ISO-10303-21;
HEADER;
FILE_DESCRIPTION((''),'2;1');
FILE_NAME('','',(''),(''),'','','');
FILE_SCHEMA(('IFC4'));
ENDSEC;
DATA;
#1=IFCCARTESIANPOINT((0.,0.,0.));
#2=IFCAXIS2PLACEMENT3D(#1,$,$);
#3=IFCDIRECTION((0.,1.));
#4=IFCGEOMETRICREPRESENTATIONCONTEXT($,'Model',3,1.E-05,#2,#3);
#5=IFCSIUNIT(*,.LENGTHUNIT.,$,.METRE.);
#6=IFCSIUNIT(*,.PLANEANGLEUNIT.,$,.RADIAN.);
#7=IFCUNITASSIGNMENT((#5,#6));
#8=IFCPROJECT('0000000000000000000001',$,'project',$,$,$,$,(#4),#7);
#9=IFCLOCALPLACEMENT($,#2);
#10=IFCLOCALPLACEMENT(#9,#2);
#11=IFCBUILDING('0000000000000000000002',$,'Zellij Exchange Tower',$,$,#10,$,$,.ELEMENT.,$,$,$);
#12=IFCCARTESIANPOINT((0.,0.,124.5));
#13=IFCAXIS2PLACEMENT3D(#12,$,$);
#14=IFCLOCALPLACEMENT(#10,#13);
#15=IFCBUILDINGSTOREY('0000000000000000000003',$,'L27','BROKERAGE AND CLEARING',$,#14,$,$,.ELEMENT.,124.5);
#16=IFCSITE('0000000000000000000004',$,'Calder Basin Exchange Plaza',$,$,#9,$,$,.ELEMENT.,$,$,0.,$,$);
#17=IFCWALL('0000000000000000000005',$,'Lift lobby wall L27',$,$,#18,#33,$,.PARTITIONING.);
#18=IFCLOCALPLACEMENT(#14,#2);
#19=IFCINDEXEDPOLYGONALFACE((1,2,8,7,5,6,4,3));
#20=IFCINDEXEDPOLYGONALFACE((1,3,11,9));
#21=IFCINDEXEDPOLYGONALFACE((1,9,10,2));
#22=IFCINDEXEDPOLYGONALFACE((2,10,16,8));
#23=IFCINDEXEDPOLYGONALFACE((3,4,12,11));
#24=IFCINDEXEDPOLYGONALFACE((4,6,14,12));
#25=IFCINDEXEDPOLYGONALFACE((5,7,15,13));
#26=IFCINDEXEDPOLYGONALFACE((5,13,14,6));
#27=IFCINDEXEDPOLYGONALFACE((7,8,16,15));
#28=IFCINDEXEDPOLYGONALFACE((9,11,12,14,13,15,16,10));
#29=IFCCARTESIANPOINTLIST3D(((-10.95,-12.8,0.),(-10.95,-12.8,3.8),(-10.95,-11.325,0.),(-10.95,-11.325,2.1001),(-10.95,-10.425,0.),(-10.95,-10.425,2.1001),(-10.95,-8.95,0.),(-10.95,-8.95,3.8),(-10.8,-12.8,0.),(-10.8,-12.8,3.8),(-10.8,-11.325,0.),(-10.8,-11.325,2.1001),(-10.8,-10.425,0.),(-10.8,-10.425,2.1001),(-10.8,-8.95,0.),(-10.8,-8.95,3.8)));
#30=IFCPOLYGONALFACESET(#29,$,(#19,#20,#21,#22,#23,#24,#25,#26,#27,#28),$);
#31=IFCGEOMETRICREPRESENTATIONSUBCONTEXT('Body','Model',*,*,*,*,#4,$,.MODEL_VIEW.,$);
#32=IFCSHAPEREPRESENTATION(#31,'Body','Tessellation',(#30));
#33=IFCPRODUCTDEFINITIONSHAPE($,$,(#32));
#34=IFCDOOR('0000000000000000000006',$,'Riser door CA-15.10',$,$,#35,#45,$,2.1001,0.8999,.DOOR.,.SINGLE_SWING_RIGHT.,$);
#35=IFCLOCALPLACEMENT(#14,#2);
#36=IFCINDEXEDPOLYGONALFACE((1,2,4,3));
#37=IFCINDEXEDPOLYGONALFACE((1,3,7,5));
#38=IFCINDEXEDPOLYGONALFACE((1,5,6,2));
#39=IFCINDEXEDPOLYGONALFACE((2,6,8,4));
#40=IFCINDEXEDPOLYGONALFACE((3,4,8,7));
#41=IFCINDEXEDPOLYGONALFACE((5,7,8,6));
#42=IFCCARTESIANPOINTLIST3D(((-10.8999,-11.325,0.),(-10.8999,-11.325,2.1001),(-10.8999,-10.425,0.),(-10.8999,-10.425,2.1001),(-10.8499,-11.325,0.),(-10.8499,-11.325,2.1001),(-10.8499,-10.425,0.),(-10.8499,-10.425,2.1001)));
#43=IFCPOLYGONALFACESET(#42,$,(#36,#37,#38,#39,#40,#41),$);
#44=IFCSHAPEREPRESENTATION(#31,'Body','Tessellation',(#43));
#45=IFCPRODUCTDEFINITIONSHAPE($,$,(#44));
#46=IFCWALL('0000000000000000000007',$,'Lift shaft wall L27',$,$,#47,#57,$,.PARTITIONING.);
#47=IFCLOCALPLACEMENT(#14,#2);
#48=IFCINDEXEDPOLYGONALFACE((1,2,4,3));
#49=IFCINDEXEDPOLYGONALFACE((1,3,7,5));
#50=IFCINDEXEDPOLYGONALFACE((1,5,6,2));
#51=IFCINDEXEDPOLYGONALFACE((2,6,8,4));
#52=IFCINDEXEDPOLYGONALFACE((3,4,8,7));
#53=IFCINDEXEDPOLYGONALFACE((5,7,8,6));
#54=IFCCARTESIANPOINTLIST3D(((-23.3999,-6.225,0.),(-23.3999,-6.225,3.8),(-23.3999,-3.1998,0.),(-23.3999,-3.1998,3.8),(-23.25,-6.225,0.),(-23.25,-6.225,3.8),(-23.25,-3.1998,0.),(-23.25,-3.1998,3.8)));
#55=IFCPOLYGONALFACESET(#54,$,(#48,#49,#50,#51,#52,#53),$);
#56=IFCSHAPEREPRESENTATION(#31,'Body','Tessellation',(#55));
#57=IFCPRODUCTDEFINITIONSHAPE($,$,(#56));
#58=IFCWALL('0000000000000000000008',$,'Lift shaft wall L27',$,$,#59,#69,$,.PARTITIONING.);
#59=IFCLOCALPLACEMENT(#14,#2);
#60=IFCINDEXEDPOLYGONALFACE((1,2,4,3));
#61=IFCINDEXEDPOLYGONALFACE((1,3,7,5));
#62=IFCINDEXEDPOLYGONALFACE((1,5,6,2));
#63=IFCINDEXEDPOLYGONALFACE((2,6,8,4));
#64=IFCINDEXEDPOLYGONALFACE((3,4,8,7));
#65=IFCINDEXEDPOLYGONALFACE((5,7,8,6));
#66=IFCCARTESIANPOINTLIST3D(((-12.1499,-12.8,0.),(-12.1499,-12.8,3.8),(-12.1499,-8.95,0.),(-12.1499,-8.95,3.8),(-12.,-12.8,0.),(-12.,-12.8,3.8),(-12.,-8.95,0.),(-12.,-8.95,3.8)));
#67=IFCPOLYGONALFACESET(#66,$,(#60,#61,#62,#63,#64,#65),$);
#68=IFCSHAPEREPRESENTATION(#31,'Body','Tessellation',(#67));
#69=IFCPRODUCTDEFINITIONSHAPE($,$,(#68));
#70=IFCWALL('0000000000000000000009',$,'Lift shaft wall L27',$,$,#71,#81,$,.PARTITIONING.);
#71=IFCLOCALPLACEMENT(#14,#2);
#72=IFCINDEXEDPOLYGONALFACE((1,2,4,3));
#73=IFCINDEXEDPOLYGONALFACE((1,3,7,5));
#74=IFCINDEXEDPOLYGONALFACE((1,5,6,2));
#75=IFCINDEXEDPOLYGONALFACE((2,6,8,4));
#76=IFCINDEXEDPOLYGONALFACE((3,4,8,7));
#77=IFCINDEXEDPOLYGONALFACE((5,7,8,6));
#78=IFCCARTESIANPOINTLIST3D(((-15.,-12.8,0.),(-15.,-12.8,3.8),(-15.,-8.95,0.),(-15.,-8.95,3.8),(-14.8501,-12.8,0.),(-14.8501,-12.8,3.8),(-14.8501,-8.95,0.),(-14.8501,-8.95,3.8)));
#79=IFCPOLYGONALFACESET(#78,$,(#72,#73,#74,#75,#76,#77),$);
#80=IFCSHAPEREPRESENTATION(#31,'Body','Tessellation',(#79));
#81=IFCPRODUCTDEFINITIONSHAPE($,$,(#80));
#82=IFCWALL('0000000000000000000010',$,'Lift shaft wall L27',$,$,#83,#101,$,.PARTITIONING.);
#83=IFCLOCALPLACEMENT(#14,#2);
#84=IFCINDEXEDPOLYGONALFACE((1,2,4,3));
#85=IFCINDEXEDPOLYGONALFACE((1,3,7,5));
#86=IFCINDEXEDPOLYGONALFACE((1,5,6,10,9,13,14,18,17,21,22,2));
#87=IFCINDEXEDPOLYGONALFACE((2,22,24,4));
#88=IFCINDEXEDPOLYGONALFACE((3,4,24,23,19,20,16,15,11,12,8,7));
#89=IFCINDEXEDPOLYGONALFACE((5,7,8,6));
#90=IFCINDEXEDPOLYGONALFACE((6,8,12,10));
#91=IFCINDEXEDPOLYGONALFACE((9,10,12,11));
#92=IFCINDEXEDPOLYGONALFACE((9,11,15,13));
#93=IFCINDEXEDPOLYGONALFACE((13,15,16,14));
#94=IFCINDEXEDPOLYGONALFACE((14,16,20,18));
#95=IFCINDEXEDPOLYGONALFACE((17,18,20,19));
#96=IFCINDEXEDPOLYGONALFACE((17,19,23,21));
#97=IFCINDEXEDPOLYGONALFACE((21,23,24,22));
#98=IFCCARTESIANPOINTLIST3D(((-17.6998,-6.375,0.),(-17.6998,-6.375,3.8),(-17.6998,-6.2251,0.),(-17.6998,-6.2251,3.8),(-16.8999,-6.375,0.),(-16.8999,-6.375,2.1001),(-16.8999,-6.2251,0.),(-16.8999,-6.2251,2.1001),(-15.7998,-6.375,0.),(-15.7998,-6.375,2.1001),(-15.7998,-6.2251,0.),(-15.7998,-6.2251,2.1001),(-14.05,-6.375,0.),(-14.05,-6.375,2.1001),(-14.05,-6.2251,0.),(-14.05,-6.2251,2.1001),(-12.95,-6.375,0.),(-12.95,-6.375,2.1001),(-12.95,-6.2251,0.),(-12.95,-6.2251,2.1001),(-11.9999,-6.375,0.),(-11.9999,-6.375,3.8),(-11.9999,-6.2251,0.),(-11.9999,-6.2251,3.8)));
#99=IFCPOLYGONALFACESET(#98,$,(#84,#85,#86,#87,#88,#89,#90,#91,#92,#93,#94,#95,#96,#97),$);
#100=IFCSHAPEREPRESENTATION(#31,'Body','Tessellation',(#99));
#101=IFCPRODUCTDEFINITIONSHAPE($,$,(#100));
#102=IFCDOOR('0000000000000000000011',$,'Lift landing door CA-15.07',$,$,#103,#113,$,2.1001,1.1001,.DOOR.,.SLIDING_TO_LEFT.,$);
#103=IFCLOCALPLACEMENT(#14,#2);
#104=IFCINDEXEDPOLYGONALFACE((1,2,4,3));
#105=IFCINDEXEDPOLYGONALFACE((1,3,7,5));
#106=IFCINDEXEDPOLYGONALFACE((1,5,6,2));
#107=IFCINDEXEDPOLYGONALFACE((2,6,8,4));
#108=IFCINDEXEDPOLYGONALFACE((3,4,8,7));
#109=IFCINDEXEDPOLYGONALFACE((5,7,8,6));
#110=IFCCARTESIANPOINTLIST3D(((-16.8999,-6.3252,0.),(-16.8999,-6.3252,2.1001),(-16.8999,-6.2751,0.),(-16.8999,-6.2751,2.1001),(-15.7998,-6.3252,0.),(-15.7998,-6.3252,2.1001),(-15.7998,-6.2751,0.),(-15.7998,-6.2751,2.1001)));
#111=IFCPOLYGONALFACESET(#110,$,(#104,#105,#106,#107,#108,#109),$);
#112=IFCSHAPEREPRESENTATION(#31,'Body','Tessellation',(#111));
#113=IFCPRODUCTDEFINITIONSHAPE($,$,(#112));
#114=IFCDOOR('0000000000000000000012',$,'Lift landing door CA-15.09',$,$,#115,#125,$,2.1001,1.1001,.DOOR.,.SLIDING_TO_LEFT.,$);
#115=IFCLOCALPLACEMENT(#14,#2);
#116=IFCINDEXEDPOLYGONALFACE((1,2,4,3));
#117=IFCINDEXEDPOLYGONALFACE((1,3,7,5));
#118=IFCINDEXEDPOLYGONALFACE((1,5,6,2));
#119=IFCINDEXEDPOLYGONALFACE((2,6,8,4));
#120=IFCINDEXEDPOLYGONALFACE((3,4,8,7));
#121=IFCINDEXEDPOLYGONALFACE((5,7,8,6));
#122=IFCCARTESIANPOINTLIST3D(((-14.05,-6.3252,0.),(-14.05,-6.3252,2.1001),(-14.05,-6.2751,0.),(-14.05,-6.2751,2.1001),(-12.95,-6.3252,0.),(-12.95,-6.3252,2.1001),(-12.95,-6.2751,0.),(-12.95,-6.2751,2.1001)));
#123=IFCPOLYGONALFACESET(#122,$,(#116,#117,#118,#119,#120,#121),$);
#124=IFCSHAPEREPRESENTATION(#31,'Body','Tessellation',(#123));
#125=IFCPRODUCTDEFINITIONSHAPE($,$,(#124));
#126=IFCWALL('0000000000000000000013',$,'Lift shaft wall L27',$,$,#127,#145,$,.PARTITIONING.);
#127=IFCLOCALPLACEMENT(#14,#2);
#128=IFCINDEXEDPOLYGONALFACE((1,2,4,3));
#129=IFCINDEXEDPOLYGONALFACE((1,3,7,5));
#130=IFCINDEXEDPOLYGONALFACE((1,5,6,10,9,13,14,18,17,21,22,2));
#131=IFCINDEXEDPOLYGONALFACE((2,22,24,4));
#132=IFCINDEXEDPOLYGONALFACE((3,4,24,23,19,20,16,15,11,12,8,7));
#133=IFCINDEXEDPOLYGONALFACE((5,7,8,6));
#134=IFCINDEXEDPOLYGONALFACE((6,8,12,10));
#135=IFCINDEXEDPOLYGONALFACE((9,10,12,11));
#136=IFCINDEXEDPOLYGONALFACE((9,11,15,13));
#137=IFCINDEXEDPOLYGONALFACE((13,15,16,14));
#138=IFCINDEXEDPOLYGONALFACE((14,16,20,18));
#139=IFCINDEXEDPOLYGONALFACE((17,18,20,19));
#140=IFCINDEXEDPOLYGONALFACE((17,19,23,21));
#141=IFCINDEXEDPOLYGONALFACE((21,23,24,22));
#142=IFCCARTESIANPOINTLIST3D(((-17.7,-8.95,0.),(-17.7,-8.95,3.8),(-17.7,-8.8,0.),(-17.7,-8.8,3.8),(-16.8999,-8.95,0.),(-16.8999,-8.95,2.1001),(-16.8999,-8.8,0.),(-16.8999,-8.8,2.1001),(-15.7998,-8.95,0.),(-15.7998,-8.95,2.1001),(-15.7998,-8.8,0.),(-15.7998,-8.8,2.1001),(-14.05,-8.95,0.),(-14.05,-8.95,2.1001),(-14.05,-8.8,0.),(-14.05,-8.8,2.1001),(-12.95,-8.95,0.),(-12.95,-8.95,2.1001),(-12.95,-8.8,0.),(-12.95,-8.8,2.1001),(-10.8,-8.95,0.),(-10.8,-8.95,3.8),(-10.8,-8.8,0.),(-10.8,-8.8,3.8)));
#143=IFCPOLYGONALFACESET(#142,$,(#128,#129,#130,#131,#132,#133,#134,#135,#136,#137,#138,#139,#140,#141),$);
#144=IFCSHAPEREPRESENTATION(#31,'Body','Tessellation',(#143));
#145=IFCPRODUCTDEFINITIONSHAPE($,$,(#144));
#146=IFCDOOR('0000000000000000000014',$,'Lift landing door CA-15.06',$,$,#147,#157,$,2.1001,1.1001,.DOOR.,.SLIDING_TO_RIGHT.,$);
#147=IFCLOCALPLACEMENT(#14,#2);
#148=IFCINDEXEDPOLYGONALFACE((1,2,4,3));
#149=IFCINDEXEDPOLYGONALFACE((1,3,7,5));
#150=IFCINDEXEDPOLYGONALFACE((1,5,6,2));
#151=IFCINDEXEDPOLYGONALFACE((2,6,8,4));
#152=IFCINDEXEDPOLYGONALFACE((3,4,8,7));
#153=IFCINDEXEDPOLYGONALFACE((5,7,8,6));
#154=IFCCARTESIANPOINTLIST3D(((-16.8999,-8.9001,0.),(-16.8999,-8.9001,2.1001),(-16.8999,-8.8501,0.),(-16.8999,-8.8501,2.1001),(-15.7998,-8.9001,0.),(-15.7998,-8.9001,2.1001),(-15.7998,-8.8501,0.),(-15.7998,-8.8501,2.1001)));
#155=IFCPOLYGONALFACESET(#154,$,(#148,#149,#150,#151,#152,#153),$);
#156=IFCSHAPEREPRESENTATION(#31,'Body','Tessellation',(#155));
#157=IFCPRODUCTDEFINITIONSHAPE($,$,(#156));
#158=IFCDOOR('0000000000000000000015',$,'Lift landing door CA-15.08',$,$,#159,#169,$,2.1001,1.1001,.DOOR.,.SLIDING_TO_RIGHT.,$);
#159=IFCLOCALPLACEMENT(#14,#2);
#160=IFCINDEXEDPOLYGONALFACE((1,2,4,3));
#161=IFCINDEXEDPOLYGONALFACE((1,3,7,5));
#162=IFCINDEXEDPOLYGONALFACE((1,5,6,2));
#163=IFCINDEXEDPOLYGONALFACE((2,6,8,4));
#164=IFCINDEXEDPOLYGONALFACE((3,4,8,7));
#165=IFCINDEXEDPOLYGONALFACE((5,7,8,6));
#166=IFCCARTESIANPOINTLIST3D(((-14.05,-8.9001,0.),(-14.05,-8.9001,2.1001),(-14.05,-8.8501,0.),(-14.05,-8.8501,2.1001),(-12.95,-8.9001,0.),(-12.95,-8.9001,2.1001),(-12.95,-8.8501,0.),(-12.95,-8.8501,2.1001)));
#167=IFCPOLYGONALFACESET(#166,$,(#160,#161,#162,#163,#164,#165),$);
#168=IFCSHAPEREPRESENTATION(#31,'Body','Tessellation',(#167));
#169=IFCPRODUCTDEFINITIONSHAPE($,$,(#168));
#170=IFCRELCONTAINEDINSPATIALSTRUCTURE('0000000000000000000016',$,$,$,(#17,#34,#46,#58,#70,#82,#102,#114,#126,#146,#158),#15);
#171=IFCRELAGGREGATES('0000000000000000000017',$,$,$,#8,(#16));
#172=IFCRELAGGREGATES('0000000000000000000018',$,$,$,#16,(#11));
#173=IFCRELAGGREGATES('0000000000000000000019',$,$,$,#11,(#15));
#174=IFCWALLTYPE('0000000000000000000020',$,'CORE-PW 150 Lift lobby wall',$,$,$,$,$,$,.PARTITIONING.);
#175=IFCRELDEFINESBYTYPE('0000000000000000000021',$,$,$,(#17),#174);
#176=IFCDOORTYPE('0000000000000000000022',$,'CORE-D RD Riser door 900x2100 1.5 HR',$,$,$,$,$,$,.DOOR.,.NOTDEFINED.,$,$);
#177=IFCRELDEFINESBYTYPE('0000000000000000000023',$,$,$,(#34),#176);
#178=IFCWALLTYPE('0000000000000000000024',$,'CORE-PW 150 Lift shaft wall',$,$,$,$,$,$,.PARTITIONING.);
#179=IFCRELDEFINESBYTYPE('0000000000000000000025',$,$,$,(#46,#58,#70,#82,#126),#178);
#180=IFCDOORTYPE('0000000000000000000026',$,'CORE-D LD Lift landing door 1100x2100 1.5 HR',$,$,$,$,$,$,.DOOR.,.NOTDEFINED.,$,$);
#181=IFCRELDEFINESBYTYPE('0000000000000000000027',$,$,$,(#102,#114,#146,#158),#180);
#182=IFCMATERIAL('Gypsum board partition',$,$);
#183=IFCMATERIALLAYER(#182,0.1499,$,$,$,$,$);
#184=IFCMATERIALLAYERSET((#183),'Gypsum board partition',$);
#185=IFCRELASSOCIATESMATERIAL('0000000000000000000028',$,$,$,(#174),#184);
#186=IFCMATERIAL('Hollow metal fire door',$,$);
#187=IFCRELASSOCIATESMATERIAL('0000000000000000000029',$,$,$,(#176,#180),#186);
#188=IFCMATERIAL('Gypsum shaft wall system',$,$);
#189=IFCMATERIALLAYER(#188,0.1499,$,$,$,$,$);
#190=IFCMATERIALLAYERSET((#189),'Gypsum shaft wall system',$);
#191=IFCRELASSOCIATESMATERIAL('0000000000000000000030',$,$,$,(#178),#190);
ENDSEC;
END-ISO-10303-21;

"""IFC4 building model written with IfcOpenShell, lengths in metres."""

from ifc_helpers import new_model, si_unit, direction, frame, frame_2d, origin, place, context, subcontext, project, spatial, rectangle, extrude, material, layer, layer_set, type_object, element, fill, save


model = new_model("IFC4")

# Units and contexts
model_context = context("Model", 3, precision=1e-05, world=origin(), true_north=direction((0.0, 1.0)))
body_context = subcontext(model_context, "Body", "Model", "MODEL_VIEW")
ifc_project = project(units=[si_unit("LENGTHUNIT", "METRE"), si_unit("PLANEANGLEUNIT", "RADIAN")], contexts=[model_context])

# Site, building, storey
site_placement = place(None, origin())
site = spatial("IfcSite", under=ifc_project, at=site_placement, Name="Calder Basin Exchange Plaza", CompositionType="ELEMENT", RefElevation=0.0)
building_placement = place(site_placement, origin())
building = spatial("IfcBuilding", under=site, at=building_placement, Name="Zellij Exchange Tower", CompositionType="ELEMENT")
storey_placement = place(building_placement, frame((0.0, 0.0, 124.5)))
storey = spatial("IfcBuildingStorey", under=building, at=storey_placement, Name="L27", Description="BROKERAGE AND CLEARING", CompositionType="ELEMENT", Elevation=124.5)

# Wall, opening, door
ifc_material_1 = material(Name="Gypsum board partition")
ifc_layer_1 = layer(ifc_material_1, 0.1499)
ifc_layer_set_1 = layer_set([ifc_layer_1], Name="Gypsum board partition")
wall_type_1 = type_object("IfcWallType", Name="CORE-PW 150 Lift lobby wall", PredefinedType="PARTITIONING", material=ifc_layer_set_1)
wall_1_placement = place(storey_placement, frame((-10.875, -12.8, 0.0), z_axis=(0.0, 0.0, 1.0), x_axis=(0.0, 1.0, 0.0)))
wall_1 = element("IfcWall", 1, at=wall_1_placement, inside=storey, type_object=wall_type_1, Name="Lift lobby wall L27", PredefinedType="PARTITIONING", context=body_context, shape_type="SweptSolid", body=[
    extrude(rectangle(XDim=3.8501, YDim=0.1499, at=frame_2d((1.925, 0.0))), origin(), (0.0, 0.0, 1.0), 3.8),
])
opening_1_placement = place(wall_1_placement, frame((1.4751, 0.0, 0.0)))
opening_1 = element("IfcOpeningElement", 2, at=opening_1_placement, cuts=wall_1, PredefinedType="OPENING", context=body_context, shape_type="SweptSolid", body=[
    extrude(rectangle(XDim=0.8999, YDim=2.1001, at=frame_2d((0.45, 1.05))), frame((0.0, 0.0869, 0.0), z_axis=(0.0, -1.0, 0.0), x_axis=(1.0, 0.0, 0.0)), (0.0, 0.0, 1.0), 0.1738),
])
ifc_material_2 = material(Name="Hollow metal fire door")
door_type_1 = type_object("IfcDoorType", Name="CORE-D RD Riser door 900x2100 1.5 HR", OperationType="NOTDEFINED", PredefinedType="DOOR", material=ifc_material_2)
door_1_placement = place(opening_1_placement, origin())
door_1 = element("IfcDoor", 3, at=door_1_placement, inside=storey, type_object=door_type_1, Name="Riser door CA-15.10", OperationType="SINGLE_SWING_RIGHT", OverallHeight=2.1001, OverallWidth=0.8999, PredefinedType="DOOR", context=body_context, shape_type="SweptSolid", body=[
    extrude(rectangle(XDim=0.8999, YDim=2.1001, at=frame_2d((0.45, 1.05))), frame((0.0, 0.0249, 0.0), z_axis=(0.0, -1.0, 0.0), x_axis=(1.0, 0.0, 0.0)), (0.0, 0.0, 1.0), 0.05),
])
fill(opening_1, door_1)

# Walls
ifc_material_3 = material(Name="Gypsum shaft wall system")
ifc_layer_2 = layer(ifc_material_3, 0.1499)
ifc_layer_set_2 = layer_set([ifc_layer_2], Name="Gypsum shaft wall system")
wall_type_2 = type_object("IfcWallType", Name="CORE-PW 150 Lift shaft wall", PredefinedType="PARTITIONING", material=ifc_layer_set_2)
wall_2_placement = place(storey_placement, frame((-23.325, -6.2251, 0.0), z_axis=(0.0, 0.0, 1.0), x_axis=(0.0, 1.0, 0.0)))
element("IfcWall", 4, at=wall_2_placement, inside=storey, type_object=wall_type_2, Name="Lift shaft wall L27", PredefinedType="PARTITIONING", context=body_context, shape_type="SweptSolid", body=[
    extrude(rectangle(XDim=3.0251, YDim=0.1499, at=frame_2d((1.5127, 0.0))), origin(), (0.0, 0.0, 1.0), 3.8),
])
for number, where, z_axis, x_axis, name in (
    (5, (-12.075, -12.8, 0.0), (0.0, 0.0, 1.0), (0.0, 1.0, 0.0), "Lift shaft wall L27"),
    (6, (-14.925, -12.8, 0.0), (0.0, 0.0, 1.0), (0.0, 1.0, 0.0), "Lift shaft wall L27"),
):
    element("IfcWall", number, at=place(storey_placement, frame(where, z_axis=z_axis, x_axis=x_axis)), inside=storey, type_object=wall_type_2, Name=name, PredefinedType="PARTITIONING", context=body_context, shape_type="SweptSolid", body=[
        extrude(rectangle(XDim=3.8501, YDim=0.1499, at=frame_2d((1.925, 0.0))), origin(), (0.0, 0.0, 1.0), 3.8),
    ])

# Walls, openings, doors
wall_3_placement = place(storey_placement, frame((-17.7, -6.3, 0.0), z_axis=(0.0, 0.0, 1.0), x_axis=(1.0, 0.0, 0.0)))
wall_3 = element("IfcWall", 7, at=wall_3_placement, inside=storey, type_object=wall_type_2, Name="Lift shaft wall L27", PredefinedType="PARTITIONING", context=body_context, shape_type="SweptSolid", body=[
    extrude(rectangle(XDim=5.7, YDim=0.1499, at=frame_2d((2.8501, 0.0))), origin(), (0.0, 0.0, 1.0), 3.8),
])
opening_2_placement = place(wall_3_placement, frame((0.8, 0.0, 0.0)))
opening_2 = element("IfcOpeningElement", 8, at=opening_2_placement, cuts=wall_3, PredefinedType="OPENING", context=body_context, shape_type="SweptSolid", body=[
    extrude(rectangle(XDim=1.1001, YDim=2.1001, at=frame_2d((0.55, 1.05))), frame((0.0, 0.0869, 0.0), z_axis=(0.0, -1.0, 0.0), x_axis=(1.0, 0.0, 0.0)), (0.0, 0.0, 1.0), 0.1738),
])
opening_3_placement = place(wall_3_placement, frame((3.6499, 0.0, 0.0)))
opening_3 = element("IfcOpeningElement", 9, at=opening_3_placement, cuts=wall_3, PredefinedType="OPENING", context=body_context, shape_type="SweptSolid", body=[
    extrude(rectangle(XDim=1.1001, YDim=2.1001, at=frame_2d((0.55, 1.05))), frame((0.0, 0.0869, 0.0), z_axis=(0.0, -1.0, 0.0), x_axis=(1.0, 0.0, 0.0)), (0.0, 0.0, 1.0), 0.1738),
])
door_type_2 = type_object("IfcDoorType", Name="CORE-D LD Lift landing door 1100x2100 1.5 HR", OperationType="NOTDEFINED", PredefinedType="DOOR", material=ifc_material_2)
door_2_placement = place(opening_2_placement, origin())
door_2 = element("IfcDoor", 10, at=door_2_placement, inside=storey, type_object=door_type_2, Name="Lift landing door CA-15.07", OperationType="SLIDING_TO_LEFT", OverallHeight=2.1001, OverallWidth=1.1001, PredefinedType="DOOR", context=body_context, shape_type="SweptSolid", body=[
    extrude(rectangle(XDim=1.1001, YDim=2.1001, at=frame_2d((0.55, 1.05))), frame((0.0, 0.0249, 0.0), z_axis=(0.0, -1.0, 0.0), x_axis=(1.0, 0.0, 0.0)), (0.0, 0.0, 1.0), 0.05),
])
fill(opening_2, door_2)
door_3_placement = place(opening_3_placement, origin())
door_3 = element("IfcDoor", 11, at=door_3_placement, inside=storey, type_object=door_type_2, Name="Lift landing door CA-15.09", OperationType="SLIDING_TO_LEFT", OverallHeight=2.1001, OverallWidth=1.1001, PredefinedType="DOOR", context=body_context, shape_type="SweptSolid", body=[
    extrude(rectangle(XDim=1.1001, YDim=2.1001, at=frame_2d((0.55, 1.05))), frame((0.0, 0.0249, 0.0), z_axis=(0.0, -1.0, 0.0), x_axis=(1.0, 0.0, 0.0)), (0.0, 0.0, 1.0), 0.05),
])
fill(opening_3, door_3)
wall_4_placement = place(storey_placement, frame((-17.7, -8.875, 0.0), z_axis=(0.0, 0.0, 1.0), x_axis=(1.0, 0.0, 0.0)))
wall_4 = element("IfcWall", 12, at=wall_4_placement, inside=storey, type_object=wall_type_2, Name="Lift shaft wall L27", PredefinedType="PARTITIONING", context=body_context, shape_type="SweptSolid", body=[
    extrude(rectangle(XDim=6.8999, YDim=0.1499, at=frame_2d((3.45, 0.0))), origin(), (0.0, 0.0, 1.0), 3.8),
])
opening_4_placement = place(wall_4_placement, frame((0.8, 0.0, 0.0)))
opening_4 = element("IfcOpeningElement", 13, at=opening_4_placement, cuts=wall_4, PredefinedType="OPENING", context=body_context, shape_type="SweptSolid", body=[
    extrude(rectangle(XDim=1.1001, YDim=2.1001, at=frame_2d((0.55, 1.05))), frame((0.0, 0.0869, 0.0), z_axis=(0.0, -1.0, 0.0), x_axis=(1.0, 0.0, 0.0)), (0.0, 0.0, 1.0), 0.1738),
])
opening_5_placement = place(wall_4_placement, frame((3.6499, 0.0, 0.0)))
opening_5 = element("IfcOpeningElement", 14, at=opening_5_placement, cuts=wall_4, PredefinedType="OPENING", context=body_context, shape_type="SweptSolid", body=[
    extrude(rectangle(XDim=1.1001, YDim=2.1001, at=frame_2d((0.55, 1.05))), frame((0.0, 0.0869, 0.0), z_axis=(0.0, -1.0, 0.0), x_axis=(1.0, 0.0, 0.0)), (0.0, 0.0, 1.0), 0.1738),
])
door_4_placement = place(opening_4_placement, origin())
door_4 = element("IfcDoor", 15, at=door_4_placement, inside=storey, type_object=door_type_2, Name="Lift landing door CA-15.06", OperationType="SLIDING_TO_RIGHT", OverallHeight=2.1001, OverallWidth=1.1001, PredefinedType="DOOR", context=body_context, shape_type="SweptSolid", body=[
    extrude(rectangle(XDim=1.1001, YDim=2.1001, at=frame_2d((0.55, 1.05))), frame((0.0, 0.0249, 0.0), z_axis=(0.0, -1.0, 0.0), x_axis=(1.0, 0.0, 0.0)), (0.0, 0.0, 1.0), 0.05),
])
fill(opening_4, door_4)
door_5_placement = place(opening_5_placement, origin())
door_5 = element("IfcDoor", 16, at=door_5_placement, inside=storey, type_object=door_type_2, Name="Lift landing door CA-15.08", OperationType="SLIDING_TO_RIGHT", OverallHeight=2.1001, OverallWidth=1.1001, PredefinedType="DOOR", context=body_context, shape_type="SweptSolid", body=[
    extrude(rectangle(XDim=1.1001, YDim=2.1001, at=frame_2d((0.55, 1.05))), frame((0.0, 0.0249, 0.0), z_axis=(0.0, -1.0, 0.0), x_axis=(1.0, 0.0, 0.0)), (0.0, 0.0, 1.0), 0.05),
])
fill(opening_5, door_5)

save(model, "model.ifc")
